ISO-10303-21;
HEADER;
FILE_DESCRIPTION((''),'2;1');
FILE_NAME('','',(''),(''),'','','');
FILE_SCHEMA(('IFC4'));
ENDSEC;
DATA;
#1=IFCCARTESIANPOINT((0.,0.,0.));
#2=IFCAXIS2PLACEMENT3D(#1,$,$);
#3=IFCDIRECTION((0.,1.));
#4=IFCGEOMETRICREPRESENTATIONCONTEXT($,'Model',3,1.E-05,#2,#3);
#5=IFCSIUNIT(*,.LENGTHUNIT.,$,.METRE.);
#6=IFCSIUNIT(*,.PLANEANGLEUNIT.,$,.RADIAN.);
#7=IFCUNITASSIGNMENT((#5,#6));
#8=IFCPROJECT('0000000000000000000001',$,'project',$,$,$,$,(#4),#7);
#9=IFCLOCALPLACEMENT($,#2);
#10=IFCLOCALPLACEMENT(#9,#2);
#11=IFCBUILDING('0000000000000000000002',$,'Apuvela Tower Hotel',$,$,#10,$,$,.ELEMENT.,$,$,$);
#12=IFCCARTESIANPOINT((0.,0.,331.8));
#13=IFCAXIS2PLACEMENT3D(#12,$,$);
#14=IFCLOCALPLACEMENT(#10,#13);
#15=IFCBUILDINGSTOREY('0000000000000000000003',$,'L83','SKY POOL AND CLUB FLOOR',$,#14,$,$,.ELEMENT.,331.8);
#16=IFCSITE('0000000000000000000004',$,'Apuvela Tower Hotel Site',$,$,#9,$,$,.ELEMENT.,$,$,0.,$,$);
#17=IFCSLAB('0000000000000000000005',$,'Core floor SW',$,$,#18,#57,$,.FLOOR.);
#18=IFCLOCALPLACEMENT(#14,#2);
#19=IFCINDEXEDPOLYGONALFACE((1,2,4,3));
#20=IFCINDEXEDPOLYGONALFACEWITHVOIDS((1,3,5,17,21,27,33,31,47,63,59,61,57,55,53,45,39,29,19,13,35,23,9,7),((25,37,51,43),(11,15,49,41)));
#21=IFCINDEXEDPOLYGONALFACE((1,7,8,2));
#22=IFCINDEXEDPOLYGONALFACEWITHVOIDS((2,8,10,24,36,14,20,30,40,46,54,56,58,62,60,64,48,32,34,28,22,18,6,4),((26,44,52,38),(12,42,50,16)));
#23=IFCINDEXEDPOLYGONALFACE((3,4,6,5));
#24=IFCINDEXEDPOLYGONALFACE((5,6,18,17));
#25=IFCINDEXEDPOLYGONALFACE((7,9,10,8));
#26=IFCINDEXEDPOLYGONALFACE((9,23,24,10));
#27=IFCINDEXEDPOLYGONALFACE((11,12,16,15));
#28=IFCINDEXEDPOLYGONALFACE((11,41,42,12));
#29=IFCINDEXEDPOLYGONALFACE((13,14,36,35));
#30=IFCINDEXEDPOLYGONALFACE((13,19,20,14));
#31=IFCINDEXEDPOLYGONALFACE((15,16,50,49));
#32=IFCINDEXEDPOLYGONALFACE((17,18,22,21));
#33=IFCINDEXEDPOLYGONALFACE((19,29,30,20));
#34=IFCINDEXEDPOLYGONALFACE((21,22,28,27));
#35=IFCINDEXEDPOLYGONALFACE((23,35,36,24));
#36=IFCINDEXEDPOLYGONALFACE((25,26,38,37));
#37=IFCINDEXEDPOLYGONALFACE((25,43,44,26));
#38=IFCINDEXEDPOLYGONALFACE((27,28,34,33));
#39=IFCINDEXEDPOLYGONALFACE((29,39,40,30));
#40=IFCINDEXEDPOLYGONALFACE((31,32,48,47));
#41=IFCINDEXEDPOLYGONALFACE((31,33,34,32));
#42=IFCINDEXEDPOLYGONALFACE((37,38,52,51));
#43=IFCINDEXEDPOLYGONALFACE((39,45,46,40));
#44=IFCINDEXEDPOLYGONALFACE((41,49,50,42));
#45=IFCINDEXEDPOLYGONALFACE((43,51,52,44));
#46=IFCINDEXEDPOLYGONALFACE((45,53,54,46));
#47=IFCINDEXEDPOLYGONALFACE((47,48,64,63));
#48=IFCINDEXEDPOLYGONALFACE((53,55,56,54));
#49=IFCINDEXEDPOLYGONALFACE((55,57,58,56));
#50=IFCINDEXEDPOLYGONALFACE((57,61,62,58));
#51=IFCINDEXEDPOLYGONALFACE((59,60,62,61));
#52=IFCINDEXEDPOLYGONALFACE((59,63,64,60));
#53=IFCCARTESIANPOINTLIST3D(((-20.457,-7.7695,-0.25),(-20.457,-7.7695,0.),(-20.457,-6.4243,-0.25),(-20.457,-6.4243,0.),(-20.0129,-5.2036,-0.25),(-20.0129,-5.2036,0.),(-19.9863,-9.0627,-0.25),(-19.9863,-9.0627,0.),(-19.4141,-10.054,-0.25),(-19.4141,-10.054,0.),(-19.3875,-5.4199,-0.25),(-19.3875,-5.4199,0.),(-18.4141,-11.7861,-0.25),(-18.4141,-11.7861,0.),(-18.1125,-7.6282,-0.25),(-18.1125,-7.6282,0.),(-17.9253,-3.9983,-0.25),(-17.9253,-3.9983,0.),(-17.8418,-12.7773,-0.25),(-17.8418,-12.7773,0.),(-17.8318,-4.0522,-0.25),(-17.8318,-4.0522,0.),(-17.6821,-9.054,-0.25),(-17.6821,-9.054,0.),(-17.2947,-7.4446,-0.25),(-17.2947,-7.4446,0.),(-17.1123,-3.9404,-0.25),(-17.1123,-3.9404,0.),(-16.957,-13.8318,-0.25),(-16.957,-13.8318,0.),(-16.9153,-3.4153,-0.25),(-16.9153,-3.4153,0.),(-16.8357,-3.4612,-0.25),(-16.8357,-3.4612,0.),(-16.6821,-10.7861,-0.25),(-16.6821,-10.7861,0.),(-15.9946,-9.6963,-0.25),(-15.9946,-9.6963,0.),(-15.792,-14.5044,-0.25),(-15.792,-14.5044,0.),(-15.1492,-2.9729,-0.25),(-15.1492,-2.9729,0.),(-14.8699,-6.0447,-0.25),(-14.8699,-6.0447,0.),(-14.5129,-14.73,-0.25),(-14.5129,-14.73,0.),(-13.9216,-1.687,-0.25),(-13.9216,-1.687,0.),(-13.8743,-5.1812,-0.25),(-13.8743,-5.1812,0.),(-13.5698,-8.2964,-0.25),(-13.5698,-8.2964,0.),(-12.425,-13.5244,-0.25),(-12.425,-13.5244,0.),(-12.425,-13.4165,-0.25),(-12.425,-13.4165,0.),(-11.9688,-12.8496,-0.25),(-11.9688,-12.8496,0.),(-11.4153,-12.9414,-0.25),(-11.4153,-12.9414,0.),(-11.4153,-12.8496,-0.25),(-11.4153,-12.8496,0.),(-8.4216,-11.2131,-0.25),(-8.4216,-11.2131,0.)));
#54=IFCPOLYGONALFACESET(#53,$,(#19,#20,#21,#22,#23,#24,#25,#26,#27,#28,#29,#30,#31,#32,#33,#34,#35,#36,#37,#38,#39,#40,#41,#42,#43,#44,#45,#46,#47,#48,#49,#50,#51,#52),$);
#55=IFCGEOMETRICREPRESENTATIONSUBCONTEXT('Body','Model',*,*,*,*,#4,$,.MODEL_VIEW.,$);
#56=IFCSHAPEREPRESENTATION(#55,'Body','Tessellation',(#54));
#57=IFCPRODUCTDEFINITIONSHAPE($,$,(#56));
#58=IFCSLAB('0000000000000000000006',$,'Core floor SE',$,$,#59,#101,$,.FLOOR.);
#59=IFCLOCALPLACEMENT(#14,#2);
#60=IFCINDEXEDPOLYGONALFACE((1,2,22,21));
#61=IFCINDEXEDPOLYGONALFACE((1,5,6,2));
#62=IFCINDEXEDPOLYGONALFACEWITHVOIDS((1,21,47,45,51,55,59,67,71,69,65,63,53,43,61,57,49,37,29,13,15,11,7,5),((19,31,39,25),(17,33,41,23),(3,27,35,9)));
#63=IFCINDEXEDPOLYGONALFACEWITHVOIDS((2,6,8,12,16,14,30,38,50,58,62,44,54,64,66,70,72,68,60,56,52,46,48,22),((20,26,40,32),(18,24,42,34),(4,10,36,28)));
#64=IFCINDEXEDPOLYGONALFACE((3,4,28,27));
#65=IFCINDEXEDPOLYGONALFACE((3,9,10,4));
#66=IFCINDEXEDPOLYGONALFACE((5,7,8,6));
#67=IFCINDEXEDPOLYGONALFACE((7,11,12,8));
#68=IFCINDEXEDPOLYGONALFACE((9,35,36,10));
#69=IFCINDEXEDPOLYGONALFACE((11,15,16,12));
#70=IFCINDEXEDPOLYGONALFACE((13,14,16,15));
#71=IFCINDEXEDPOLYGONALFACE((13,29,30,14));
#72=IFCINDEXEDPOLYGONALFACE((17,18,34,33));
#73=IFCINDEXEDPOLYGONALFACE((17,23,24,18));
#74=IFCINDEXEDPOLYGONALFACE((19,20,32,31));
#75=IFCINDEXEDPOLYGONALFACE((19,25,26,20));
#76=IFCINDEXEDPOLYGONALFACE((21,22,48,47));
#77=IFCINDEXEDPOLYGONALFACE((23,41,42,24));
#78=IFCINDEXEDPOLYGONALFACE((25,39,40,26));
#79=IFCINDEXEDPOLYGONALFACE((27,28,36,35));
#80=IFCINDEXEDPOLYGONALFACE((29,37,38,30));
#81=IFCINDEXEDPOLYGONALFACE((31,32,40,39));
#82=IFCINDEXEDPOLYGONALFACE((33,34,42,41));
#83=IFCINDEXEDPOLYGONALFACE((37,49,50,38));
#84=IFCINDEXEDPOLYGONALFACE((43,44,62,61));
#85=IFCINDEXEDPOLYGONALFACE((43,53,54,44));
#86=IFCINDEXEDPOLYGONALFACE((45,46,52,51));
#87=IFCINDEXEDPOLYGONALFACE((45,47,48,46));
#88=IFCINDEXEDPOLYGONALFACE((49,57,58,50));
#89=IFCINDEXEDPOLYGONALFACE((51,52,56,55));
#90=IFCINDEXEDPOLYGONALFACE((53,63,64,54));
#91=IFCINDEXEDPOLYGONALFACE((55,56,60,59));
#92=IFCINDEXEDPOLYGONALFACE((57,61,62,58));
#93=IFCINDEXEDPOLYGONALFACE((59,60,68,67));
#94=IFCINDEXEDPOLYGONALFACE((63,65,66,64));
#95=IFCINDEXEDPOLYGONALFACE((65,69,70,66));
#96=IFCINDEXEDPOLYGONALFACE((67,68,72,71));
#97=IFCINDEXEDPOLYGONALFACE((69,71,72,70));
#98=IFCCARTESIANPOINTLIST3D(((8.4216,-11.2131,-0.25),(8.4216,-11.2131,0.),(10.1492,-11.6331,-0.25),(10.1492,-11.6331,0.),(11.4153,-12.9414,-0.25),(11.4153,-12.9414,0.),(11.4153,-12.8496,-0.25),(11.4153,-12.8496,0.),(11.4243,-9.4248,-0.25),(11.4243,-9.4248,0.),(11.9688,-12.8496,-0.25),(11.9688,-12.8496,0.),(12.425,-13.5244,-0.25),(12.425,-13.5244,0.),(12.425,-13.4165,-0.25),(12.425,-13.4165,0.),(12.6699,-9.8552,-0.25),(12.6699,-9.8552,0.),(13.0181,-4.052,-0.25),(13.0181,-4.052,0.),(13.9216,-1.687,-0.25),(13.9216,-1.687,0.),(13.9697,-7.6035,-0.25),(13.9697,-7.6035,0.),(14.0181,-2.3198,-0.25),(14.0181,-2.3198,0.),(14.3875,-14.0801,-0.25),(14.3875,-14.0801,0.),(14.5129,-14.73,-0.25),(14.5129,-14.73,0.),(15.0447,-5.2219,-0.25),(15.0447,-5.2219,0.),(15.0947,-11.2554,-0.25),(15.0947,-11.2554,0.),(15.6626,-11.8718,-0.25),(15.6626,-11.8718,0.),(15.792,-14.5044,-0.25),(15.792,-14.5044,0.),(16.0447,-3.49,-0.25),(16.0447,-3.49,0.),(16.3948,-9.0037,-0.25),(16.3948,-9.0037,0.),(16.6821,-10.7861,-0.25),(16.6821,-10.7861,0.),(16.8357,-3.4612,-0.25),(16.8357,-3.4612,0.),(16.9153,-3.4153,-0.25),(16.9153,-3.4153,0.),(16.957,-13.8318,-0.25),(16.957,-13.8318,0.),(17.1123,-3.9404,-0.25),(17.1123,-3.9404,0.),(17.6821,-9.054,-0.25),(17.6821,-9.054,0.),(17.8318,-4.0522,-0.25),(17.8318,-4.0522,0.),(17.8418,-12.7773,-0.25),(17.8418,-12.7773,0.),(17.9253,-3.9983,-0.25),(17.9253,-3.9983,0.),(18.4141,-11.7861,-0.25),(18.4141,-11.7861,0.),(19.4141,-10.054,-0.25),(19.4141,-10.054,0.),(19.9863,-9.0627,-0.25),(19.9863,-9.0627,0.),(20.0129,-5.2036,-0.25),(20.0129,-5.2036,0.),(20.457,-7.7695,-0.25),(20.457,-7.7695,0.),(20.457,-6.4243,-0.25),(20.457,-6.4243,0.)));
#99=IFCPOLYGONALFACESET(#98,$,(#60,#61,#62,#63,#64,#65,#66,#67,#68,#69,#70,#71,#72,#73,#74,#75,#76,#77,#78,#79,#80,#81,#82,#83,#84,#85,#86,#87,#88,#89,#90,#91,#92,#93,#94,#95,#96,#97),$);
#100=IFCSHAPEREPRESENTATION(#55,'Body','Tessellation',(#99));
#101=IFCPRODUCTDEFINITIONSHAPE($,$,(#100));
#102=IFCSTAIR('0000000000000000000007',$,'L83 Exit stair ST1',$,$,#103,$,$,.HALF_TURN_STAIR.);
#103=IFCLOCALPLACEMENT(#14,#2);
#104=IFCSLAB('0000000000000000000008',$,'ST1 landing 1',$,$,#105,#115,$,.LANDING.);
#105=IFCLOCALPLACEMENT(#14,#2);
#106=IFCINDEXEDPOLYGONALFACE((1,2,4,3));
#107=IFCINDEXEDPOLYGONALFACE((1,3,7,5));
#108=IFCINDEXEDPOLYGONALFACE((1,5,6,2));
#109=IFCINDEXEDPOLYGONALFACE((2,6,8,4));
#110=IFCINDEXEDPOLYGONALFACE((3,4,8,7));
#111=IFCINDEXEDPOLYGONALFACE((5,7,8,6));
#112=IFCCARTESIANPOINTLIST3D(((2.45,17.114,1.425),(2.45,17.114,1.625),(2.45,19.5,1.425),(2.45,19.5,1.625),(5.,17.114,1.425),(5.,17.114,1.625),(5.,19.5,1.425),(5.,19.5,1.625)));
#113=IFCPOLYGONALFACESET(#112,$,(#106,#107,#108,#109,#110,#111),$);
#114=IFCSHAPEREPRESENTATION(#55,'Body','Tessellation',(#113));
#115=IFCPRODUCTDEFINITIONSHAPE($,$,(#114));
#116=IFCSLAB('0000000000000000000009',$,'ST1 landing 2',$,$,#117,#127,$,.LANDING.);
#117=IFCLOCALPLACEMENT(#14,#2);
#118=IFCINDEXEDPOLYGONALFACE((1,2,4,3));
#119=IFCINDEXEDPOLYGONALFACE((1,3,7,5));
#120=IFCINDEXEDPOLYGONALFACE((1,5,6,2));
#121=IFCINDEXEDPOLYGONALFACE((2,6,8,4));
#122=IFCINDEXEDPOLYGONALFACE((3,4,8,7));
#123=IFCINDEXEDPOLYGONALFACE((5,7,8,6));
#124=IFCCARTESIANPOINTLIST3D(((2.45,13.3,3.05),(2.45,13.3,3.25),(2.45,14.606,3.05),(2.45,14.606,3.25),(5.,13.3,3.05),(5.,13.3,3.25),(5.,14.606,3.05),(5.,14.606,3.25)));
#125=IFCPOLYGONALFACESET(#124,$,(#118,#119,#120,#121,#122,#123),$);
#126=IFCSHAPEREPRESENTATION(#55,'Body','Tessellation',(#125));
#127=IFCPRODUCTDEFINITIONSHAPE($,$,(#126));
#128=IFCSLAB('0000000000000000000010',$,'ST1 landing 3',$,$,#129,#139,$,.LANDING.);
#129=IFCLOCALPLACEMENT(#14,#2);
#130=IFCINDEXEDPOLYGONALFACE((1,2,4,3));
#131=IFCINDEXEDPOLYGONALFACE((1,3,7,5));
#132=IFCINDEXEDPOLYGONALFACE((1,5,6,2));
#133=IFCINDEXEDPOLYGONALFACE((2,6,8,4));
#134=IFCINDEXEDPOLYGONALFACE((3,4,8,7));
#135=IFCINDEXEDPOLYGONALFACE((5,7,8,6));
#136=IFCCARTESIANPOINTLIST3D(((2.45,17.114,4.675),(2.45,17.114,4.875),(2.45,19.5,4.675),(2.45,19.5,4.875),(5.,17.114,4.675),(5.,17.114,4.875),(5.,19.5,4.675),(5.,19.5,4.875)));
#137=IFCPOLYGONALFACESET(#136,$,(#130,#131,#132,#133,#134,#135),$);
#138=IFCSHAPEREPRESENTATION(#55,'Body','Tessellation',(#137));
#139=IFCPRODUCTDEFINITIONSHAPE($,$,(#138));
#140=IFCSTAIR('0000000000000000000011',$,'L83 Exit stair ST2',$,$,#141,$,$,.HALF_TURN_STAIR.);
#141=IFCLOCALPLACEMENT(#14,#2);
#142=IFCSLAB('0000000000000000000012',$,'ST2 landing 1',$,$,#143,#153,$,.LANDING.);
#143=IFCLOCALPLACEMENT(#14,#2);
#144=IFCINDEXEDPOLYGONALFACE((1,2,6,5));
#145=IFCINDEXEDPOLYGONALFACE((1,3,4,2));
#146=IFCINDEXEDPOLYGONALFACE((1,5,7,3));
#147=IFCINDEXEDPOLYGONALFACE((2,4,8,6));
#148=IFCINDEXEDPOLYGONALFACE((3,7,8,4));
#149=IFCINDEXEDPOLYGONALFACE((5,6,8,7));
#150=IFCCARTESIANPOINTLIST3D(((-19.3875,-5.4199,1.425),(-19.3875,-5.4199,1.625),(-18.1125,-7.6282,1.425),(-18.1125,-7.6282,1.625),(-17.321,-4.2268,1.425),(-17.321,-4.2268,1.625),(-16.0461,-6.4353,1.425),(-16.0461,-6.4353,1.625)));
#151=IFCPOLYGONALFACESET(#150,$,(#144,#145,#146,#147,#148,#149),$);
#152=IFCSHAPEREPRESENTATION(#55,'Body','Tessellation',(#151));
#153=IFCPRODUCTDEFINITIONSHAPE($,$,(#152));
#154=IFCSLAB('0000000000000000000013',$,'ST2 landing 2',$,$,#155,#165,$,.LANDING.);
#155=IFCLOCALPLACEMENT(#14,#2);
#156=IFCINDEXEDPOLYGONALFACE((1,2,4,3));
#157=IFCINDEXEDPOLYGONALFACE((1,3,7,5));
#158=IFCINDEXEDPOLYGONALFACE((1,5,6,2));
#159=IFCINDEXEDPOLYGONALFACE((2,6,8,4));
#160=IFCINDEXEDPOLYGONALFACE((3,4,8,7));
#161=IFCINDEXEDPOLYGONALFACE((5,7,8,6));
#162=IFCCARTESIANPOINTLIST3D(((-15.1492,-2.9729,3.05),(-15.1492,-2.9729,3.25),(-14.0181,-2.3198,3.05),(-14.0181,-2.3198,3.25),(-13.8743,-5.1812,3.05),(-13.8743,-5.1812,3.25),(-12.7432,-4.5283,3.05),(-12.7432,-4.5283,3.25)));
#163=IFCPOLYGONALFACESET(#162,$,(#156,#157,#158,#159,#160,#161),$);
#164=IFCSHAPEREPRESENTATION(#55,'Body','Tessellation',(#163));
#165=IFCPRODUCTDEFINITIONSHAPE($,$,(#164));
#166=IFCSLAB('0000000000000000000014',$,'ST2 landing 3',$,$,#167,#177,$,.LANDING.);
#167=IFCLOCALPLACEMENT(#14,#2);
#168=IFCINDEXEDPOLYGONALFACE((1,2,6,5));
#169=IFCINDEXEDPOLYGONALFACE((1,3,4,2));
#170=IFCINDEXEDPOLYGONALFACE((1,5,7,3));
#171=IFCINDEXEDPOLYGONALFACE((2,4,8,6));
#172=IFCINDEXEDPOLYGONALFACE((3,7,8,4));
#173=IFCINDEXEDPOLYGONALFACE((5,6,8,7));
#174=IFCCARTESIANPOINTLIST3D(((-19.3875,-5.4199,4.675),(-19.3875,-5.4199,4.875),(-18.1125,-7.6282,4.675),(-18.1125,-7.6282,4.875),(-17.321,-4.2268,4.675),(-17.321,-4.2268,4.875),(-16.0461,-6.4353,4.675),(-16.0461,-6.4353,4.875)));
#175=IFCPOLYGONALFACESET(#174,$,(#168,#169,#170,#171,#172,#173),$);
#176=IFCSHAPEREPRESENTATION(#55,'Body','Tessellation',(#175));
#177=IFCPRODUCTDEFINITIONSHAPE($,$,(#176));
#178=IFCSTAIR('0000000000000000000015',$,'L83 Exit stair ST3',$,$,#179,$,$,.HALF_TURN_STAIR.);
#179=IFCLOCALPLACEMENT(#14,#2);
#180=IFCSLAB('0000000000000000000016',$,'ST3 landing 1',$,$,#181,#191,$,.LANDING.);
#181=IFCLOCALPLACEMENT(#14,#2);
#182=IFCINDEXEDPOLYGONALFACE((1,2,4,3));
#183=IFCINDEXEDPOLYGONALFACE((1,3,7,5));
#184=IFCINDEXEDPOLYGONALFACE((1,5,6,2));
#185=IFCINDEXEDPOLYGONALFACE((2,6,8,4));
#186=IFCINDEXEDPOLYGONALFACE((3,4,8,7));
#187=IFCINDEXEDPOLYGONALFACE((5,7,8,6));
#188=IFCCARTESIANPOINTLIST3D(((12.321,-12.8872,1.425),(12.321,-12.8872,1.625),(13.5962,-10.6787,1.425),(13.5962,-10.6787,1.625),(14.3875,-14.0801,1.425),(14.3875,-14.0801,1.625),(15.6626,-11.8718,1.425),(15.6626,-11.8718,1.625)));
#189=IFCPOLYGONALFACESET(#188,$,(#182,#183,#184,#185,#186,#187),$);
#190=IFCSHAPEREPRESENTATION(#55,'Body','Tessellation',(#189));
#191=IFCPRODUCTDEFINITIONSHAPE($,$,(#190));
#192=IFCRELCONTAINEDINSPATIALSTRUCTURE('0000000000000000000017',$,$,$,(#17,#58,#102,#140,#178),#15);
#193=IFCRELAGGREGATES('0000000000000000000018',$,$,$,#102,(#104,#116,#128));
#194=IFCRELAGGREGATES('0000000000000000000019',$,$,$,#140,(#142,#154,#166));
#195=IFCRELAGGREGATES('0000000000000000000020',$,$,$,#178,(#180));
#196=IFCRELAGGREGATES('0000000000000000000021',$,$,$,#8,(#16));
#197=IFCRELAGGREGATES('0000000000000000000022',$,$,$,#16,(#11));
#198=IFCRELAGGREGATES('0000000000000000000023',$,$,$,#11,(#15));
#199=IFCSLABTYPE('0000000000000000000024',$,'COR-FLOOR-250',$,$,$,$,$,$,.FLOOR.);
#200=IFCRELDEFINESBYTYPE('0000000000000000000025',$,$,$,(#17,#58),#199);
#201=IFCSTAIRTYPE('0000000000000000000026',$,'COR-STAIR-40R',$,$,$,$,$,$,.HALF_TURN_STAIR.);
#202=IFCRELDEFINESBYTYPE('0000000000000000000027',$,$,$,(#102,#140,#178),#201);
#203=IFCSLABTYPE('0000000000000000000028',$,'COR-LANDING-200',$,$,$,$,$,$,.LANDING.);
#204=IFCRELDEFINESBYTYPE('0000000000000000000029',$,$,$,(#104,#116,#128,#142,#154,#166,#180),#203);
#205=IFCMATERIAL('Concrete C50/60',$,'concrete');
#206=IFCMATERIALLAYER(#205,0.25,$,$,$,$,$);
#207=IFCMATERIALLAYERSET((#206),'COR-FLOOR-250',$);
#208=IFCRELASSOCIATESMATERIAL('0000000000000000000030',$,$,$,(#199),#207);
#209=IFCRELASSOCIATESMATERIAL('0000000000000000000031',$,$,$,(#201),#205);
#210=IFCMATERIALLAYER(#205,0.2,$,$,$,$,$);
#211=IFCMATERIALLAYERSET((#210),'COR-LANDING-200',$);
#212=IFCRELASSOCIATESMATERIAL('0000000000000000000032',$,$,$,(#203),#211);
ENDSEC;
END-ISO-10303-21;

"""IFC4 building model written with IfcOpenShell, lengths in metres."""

from ifc_helpers import new_model, si_unit, direction, frame, origin, place, context, subcontext, project, spatial, polyline, outline, extrude, material, layer, layer_set, type_object, element, aggregate, save


model = new_model("IFC4")

# Units and contexts
model_context = context("Model", 3, precision=1e-05, world=origin(), true_north=direction((0.0, 1.0)))
body_context = subcontext(model_context, "Body", "Model", "MODEL_VIEW")
ifc_project = project(units=[si_unit("LENGTHUNIT", "METRE"), si_unit("PLANEANGLEUNIT", "RADIAN")], contexts=[model_context])

# Site, building, storey
site_placement = place(None, origin())
site = spatial("IfcSite", under=ifc_project, at=site_placement, Name="Apuvela Tower Hotel Site", CompositionType="ELEMENT", RefElevation=0.0)
building_placement = place(site_placement, origin())
building = spatial("IfcBuilding", under=site, at=building_placement, Name="Apuvela Tower Hotel", CompositionType="ELEMENT")
storey_placement = place(building_placement, frame((0.0, 0.0, 331.8)))
storey = spatial("IfcBuildingStorey", under=building, at=storey_placement, Name="L83", Description="SKY POOL AND CLUB FLOOR", CompositionType="ELEMENT", Elevation=331.8)

# Slabs
ifc_material_1 = material(Name="Concrete C50/60", Category="concrete")
ifc_layer_1 = layer(ifc_material_1, 0.25)
ifc_layer_set_1 = layer_set([ifc_layer_1], Name="COR-FLOOR-250")
slab_type_1 = type_object("IfcSlabType", Name="COR-FLOOR-250", PredefinedType="FLOOR", material=ifc_layer_set_1)
slab_1_placement = place(storey_placement, frame((0.0, 0.0, -0.25)))
element("IfcSlab", 1, at=slab_1_placement, inside=storey, type_object=slab_type_1, Name="Core floor SW", PredefinedType="FLOOR", context=body_context, shape_type="SweptSolid", body=[
    extrude(outline(polyline([(-16.8357, -3.4612), (-17.1123, -3.9404), (-17.8318, -4.0522), (-17.9253, -3.9983), (-20.0129, -5.2036), (-20.457, -6.4243), (-20.457, -7.7695), (-19.9863, -9.0627), (-19.4141, -10.054), (-17.6821, -9.054), (-16.6821, -10.7861), (-18.4141, -11.7861), (-17.8418, -12.7773), (-16.957, -13.8318), (-15.792, -14.5044), (-14.5129, -14.73), (-12.425, -13.5244), (-12.425, -13.4165), (-11.9688, -12.8496), (-11.4153, -12.8496), (-11.4153, -12.9414), (-8.4216, -11.2131), (-13.9216, -1.687), (-16.9153, -3.4153), (-16.8357, -3.4612)]), holes=[polyline([(-13.8743, -5.1812), (-18.1125, -7.6282), (-19.3875, -5.4199), (-15.1492, -2.9729), (-13.8743, -5.1812)]), polyline([(-13.5698, -8.2964), (-15.9946, -9.6963), (-17.2947, -7.4446), (-14.8699, -6.0447), (-13.5698, -8.2964)])]), origin(), (0.0, 0.0, 1.0), 0.25),
])
slab_2_placement = place(storey_placement, frame((0.0, 0.0, -0.25)))
element("IfcSlab", 2, at=slab_2_placement, inside=storey, type_object=slab_type_1, Name="Core floor SE", PredefinedType="FLOOR", context=body_context, shape_type="SweptSolid", body=[
    extrude(outline(polyline([(11.4153, -12.8496), (11.9688, -12.8496), (12.425, -13.4165), (12.425, -13.5244), (14.5129, -14.73), (15.792, -14.5044), (16.957, -13.8318), (17.8418, -12.7773), (18.4141, -11.7861), (16.6821, -10.7861), (17.6821, -9.054), (19.4141, -10.054), (19.9863, -9.0627), (20.457, -7.7695), (20.457, -6.4243), (20.0129, -5.2036), (17.9253, -3.9983), (17.8318, -4.0522), (17.1123, -3.9404), (16.8357, -3.4612), (16.9153, -3.4153), (13.9216, -1.687), (8.4216, -11.2131), (11.4153, -12.9414), (11.4153, -12.8496)]), holes=[polyline([(14.0181, -2.3198), (16.0447, -3.49), (15.0447, -5.2219), (13.0181, -4.052), (14.0181, -2.3198)]), polyline([(10.1492, -11.6331), (11.4243, -9.4248), (15.6626, -11.8718), (14.3875, -14.0801), (10.1492, -11.6331)]), polyline([(12.6699, -9.8552), (13.9697, -7.6035), (16.3948, -9.0037), (15.0947, -11.2554), (12.6699, -9.8552)])]), origin(), (0.0, 0.0, 1.0), 0.25),
])

# Stairs, slabs
stair_type = type_object("IfcStairType", Name="COR-STAIR-40R", PredefinedType="HALF_TURN_STAIR", material=ifc_material_1)
stair_1_placement = place(storey_placement, origin())
stair_1 = element("IfcStair", 3, at=stair_1_placement, inside=storey, type_object=stair_type, Name="L83 Exit stair ST1", PredefinedType="HALF_TURN_STAIR")
ifc_layer_2 = layer(ifc_material_1, 0.2)
ifc_layer_set_2 = layer_set([ifc_layer_2], Name="COR-LANDING-200")
slab_type_2 = type_object("IfcSlabType", Name="COR-LANDING-200", PredefinedType="LANDING", material=ifc_layer_set_2)
slab_3_placement = place(storey_placement, frame((0.0, 0.0, 1.425)))
slab_3 = element("IfcSlab", 4, at=slab_3_placement, type_object=slab_type_2, Name="ST1 landing 1", PredefinedType="LANDING", context=body_context, shape_type="SweptSolid", body=[
    extrude(outline(polyline([(5.0, 17.114), (5.0, 19.5), (2.45, 19.5), (2.45, 17.114), (5.0, 17.114)])), origin(), (0.0, 0.0, 1.0), 0.2),
])
slab_4_placement = place(storey_placement, frame((0.0, 0.0, 3.05)))
slab_4 = element("IfcSlab", 5, at=slab_4_placement, type_object=slab_type_2, Name="ST1 landing 2", PredefinedType="LANDING", context=body_context, shape_type="SweptSolid", body=[
    extrude(outline(polyline([(5.0, 13.3), (5.0, 14.606), (2.45, 14.606), (2.45, 13.3), (5.0, 13.3)])), origin(), (0.0, 0.0, 1.0), 0.2),
])
slab_5_placement = place(storey_placement, frame((0.0, 0.0, 4.675)))
slab_5 = element("IfcSlab", 6, at=slab_5_placement, type_object=slab_type_2, Name="ST1 landing 3", PredefinedType="LANDING", context=body_context, shape_type="SweptSolid", body=[
    extrude(outline(polyline([(5.0, 17.114), (5.0, 19.5), (2.45, 19.5), (2.45, 17.114), (5.0, 17.114)])), origin(), (0.0, 0.0, 1.0), 0.2),
])
aggregate(stair_1, [slab_3, slab_4, slab_5])
stair_2_placement = place(storey_placement, origin())
stair_2 = element("IfcStair", 7, at=stair_2_placement, inside=storey, type_object=stair_type, Name="L83 Exit stair ST2", PredefinedType="HALF_TURN_STAIR")
slab_6_placement = place(storey_placement, frame((0.0, 0.0, 1.425)))
slab_6 = element("IfcSlab", 8, at=slab_6_placement, type_object=slab_type_2, Name="ST2 landing 1", PredefinedType="LANDING", context=body_context, shape_type="SweptSolid", body=[
    extrude(outline(polyline([(-17.321, -4.2268), (-19.3875, -5.4199), (-18.1125, -7.6282), (-16.0461, -6.4353), (-17.321, -4.2268)])), origin(), (0.0, 0.0, 1.0), 0.2),
])
slab_7_placement = place(storey_placement, frame((0.0, 0.0, 3.05)))
slab_7 = element("IfcSlab", 9, at=slab_7_placement, type_object=slab_type_2, Name="ST2 landing 2", PredefinedType="LANDING", context=body_context, shape_type="SweptSolid", body=[
    extrude(outline(polyline([(-14.0181, -2.3198), (-15.1492, -2.9729), (-13.8743, -5.1812), (-12.7432, -4.5283), (-14.0181, -2.3198)])), origin(), (0.0, 0.0, 1.0), 0.2),
])
slab_8_placement = place(storey_placement, frame((0.0, 0.0, 4.675)))
slab_8 = element("IfcSlab", 10, at=slab_8_placement, type_object=slab_type_2, Name="ST2 landing 3", PredefinedType="LANDING", context=body_context, shape_type="SweptSolid", body=[
    extrude(outline(polyline([(-17.321, -4.2268), (-19.3875, -5.4199), (-18.1125, -7.6282), (-16.0461, -6.4353), (-17.321, -4.2268)])), origin(), (0.0, 0.0, 1.0), 0.2),
])
aggregate(stair_2, [slab_6, slab_7, slab_8])
stair_3_placement = place(storey_placement, origin())
stair_3 = element("IfcStair", 11, at=stair_3_placement, inside=storey, type_object=stair_type, Name="L83 Exit stair ST3", PredefinedType="HALF_TURN_STAIR")
slab_9_placement = place(storey_placement, frame((0.0, 0.0, 1.425)))
slab_9 = element("IfcSlab", 12, at=slab_9_placement, type_object=slab_type_2, Name="ST3 landing 1", PredefinedType="LANDING", context=body_context, shape_type="SweptSolid", body=[
    extrude(outline(polyline([(12.321, -12.8872), (14.3875, -14.0801), (15.6626, -11.8718), (13.5962, -10.6787), (12.321, -12.8872)])), origin(), (0.0, 0.0, 1.0), 0.2),
])
aggregate(stair_3, [slab_9])

save(model, "model.ifc")
